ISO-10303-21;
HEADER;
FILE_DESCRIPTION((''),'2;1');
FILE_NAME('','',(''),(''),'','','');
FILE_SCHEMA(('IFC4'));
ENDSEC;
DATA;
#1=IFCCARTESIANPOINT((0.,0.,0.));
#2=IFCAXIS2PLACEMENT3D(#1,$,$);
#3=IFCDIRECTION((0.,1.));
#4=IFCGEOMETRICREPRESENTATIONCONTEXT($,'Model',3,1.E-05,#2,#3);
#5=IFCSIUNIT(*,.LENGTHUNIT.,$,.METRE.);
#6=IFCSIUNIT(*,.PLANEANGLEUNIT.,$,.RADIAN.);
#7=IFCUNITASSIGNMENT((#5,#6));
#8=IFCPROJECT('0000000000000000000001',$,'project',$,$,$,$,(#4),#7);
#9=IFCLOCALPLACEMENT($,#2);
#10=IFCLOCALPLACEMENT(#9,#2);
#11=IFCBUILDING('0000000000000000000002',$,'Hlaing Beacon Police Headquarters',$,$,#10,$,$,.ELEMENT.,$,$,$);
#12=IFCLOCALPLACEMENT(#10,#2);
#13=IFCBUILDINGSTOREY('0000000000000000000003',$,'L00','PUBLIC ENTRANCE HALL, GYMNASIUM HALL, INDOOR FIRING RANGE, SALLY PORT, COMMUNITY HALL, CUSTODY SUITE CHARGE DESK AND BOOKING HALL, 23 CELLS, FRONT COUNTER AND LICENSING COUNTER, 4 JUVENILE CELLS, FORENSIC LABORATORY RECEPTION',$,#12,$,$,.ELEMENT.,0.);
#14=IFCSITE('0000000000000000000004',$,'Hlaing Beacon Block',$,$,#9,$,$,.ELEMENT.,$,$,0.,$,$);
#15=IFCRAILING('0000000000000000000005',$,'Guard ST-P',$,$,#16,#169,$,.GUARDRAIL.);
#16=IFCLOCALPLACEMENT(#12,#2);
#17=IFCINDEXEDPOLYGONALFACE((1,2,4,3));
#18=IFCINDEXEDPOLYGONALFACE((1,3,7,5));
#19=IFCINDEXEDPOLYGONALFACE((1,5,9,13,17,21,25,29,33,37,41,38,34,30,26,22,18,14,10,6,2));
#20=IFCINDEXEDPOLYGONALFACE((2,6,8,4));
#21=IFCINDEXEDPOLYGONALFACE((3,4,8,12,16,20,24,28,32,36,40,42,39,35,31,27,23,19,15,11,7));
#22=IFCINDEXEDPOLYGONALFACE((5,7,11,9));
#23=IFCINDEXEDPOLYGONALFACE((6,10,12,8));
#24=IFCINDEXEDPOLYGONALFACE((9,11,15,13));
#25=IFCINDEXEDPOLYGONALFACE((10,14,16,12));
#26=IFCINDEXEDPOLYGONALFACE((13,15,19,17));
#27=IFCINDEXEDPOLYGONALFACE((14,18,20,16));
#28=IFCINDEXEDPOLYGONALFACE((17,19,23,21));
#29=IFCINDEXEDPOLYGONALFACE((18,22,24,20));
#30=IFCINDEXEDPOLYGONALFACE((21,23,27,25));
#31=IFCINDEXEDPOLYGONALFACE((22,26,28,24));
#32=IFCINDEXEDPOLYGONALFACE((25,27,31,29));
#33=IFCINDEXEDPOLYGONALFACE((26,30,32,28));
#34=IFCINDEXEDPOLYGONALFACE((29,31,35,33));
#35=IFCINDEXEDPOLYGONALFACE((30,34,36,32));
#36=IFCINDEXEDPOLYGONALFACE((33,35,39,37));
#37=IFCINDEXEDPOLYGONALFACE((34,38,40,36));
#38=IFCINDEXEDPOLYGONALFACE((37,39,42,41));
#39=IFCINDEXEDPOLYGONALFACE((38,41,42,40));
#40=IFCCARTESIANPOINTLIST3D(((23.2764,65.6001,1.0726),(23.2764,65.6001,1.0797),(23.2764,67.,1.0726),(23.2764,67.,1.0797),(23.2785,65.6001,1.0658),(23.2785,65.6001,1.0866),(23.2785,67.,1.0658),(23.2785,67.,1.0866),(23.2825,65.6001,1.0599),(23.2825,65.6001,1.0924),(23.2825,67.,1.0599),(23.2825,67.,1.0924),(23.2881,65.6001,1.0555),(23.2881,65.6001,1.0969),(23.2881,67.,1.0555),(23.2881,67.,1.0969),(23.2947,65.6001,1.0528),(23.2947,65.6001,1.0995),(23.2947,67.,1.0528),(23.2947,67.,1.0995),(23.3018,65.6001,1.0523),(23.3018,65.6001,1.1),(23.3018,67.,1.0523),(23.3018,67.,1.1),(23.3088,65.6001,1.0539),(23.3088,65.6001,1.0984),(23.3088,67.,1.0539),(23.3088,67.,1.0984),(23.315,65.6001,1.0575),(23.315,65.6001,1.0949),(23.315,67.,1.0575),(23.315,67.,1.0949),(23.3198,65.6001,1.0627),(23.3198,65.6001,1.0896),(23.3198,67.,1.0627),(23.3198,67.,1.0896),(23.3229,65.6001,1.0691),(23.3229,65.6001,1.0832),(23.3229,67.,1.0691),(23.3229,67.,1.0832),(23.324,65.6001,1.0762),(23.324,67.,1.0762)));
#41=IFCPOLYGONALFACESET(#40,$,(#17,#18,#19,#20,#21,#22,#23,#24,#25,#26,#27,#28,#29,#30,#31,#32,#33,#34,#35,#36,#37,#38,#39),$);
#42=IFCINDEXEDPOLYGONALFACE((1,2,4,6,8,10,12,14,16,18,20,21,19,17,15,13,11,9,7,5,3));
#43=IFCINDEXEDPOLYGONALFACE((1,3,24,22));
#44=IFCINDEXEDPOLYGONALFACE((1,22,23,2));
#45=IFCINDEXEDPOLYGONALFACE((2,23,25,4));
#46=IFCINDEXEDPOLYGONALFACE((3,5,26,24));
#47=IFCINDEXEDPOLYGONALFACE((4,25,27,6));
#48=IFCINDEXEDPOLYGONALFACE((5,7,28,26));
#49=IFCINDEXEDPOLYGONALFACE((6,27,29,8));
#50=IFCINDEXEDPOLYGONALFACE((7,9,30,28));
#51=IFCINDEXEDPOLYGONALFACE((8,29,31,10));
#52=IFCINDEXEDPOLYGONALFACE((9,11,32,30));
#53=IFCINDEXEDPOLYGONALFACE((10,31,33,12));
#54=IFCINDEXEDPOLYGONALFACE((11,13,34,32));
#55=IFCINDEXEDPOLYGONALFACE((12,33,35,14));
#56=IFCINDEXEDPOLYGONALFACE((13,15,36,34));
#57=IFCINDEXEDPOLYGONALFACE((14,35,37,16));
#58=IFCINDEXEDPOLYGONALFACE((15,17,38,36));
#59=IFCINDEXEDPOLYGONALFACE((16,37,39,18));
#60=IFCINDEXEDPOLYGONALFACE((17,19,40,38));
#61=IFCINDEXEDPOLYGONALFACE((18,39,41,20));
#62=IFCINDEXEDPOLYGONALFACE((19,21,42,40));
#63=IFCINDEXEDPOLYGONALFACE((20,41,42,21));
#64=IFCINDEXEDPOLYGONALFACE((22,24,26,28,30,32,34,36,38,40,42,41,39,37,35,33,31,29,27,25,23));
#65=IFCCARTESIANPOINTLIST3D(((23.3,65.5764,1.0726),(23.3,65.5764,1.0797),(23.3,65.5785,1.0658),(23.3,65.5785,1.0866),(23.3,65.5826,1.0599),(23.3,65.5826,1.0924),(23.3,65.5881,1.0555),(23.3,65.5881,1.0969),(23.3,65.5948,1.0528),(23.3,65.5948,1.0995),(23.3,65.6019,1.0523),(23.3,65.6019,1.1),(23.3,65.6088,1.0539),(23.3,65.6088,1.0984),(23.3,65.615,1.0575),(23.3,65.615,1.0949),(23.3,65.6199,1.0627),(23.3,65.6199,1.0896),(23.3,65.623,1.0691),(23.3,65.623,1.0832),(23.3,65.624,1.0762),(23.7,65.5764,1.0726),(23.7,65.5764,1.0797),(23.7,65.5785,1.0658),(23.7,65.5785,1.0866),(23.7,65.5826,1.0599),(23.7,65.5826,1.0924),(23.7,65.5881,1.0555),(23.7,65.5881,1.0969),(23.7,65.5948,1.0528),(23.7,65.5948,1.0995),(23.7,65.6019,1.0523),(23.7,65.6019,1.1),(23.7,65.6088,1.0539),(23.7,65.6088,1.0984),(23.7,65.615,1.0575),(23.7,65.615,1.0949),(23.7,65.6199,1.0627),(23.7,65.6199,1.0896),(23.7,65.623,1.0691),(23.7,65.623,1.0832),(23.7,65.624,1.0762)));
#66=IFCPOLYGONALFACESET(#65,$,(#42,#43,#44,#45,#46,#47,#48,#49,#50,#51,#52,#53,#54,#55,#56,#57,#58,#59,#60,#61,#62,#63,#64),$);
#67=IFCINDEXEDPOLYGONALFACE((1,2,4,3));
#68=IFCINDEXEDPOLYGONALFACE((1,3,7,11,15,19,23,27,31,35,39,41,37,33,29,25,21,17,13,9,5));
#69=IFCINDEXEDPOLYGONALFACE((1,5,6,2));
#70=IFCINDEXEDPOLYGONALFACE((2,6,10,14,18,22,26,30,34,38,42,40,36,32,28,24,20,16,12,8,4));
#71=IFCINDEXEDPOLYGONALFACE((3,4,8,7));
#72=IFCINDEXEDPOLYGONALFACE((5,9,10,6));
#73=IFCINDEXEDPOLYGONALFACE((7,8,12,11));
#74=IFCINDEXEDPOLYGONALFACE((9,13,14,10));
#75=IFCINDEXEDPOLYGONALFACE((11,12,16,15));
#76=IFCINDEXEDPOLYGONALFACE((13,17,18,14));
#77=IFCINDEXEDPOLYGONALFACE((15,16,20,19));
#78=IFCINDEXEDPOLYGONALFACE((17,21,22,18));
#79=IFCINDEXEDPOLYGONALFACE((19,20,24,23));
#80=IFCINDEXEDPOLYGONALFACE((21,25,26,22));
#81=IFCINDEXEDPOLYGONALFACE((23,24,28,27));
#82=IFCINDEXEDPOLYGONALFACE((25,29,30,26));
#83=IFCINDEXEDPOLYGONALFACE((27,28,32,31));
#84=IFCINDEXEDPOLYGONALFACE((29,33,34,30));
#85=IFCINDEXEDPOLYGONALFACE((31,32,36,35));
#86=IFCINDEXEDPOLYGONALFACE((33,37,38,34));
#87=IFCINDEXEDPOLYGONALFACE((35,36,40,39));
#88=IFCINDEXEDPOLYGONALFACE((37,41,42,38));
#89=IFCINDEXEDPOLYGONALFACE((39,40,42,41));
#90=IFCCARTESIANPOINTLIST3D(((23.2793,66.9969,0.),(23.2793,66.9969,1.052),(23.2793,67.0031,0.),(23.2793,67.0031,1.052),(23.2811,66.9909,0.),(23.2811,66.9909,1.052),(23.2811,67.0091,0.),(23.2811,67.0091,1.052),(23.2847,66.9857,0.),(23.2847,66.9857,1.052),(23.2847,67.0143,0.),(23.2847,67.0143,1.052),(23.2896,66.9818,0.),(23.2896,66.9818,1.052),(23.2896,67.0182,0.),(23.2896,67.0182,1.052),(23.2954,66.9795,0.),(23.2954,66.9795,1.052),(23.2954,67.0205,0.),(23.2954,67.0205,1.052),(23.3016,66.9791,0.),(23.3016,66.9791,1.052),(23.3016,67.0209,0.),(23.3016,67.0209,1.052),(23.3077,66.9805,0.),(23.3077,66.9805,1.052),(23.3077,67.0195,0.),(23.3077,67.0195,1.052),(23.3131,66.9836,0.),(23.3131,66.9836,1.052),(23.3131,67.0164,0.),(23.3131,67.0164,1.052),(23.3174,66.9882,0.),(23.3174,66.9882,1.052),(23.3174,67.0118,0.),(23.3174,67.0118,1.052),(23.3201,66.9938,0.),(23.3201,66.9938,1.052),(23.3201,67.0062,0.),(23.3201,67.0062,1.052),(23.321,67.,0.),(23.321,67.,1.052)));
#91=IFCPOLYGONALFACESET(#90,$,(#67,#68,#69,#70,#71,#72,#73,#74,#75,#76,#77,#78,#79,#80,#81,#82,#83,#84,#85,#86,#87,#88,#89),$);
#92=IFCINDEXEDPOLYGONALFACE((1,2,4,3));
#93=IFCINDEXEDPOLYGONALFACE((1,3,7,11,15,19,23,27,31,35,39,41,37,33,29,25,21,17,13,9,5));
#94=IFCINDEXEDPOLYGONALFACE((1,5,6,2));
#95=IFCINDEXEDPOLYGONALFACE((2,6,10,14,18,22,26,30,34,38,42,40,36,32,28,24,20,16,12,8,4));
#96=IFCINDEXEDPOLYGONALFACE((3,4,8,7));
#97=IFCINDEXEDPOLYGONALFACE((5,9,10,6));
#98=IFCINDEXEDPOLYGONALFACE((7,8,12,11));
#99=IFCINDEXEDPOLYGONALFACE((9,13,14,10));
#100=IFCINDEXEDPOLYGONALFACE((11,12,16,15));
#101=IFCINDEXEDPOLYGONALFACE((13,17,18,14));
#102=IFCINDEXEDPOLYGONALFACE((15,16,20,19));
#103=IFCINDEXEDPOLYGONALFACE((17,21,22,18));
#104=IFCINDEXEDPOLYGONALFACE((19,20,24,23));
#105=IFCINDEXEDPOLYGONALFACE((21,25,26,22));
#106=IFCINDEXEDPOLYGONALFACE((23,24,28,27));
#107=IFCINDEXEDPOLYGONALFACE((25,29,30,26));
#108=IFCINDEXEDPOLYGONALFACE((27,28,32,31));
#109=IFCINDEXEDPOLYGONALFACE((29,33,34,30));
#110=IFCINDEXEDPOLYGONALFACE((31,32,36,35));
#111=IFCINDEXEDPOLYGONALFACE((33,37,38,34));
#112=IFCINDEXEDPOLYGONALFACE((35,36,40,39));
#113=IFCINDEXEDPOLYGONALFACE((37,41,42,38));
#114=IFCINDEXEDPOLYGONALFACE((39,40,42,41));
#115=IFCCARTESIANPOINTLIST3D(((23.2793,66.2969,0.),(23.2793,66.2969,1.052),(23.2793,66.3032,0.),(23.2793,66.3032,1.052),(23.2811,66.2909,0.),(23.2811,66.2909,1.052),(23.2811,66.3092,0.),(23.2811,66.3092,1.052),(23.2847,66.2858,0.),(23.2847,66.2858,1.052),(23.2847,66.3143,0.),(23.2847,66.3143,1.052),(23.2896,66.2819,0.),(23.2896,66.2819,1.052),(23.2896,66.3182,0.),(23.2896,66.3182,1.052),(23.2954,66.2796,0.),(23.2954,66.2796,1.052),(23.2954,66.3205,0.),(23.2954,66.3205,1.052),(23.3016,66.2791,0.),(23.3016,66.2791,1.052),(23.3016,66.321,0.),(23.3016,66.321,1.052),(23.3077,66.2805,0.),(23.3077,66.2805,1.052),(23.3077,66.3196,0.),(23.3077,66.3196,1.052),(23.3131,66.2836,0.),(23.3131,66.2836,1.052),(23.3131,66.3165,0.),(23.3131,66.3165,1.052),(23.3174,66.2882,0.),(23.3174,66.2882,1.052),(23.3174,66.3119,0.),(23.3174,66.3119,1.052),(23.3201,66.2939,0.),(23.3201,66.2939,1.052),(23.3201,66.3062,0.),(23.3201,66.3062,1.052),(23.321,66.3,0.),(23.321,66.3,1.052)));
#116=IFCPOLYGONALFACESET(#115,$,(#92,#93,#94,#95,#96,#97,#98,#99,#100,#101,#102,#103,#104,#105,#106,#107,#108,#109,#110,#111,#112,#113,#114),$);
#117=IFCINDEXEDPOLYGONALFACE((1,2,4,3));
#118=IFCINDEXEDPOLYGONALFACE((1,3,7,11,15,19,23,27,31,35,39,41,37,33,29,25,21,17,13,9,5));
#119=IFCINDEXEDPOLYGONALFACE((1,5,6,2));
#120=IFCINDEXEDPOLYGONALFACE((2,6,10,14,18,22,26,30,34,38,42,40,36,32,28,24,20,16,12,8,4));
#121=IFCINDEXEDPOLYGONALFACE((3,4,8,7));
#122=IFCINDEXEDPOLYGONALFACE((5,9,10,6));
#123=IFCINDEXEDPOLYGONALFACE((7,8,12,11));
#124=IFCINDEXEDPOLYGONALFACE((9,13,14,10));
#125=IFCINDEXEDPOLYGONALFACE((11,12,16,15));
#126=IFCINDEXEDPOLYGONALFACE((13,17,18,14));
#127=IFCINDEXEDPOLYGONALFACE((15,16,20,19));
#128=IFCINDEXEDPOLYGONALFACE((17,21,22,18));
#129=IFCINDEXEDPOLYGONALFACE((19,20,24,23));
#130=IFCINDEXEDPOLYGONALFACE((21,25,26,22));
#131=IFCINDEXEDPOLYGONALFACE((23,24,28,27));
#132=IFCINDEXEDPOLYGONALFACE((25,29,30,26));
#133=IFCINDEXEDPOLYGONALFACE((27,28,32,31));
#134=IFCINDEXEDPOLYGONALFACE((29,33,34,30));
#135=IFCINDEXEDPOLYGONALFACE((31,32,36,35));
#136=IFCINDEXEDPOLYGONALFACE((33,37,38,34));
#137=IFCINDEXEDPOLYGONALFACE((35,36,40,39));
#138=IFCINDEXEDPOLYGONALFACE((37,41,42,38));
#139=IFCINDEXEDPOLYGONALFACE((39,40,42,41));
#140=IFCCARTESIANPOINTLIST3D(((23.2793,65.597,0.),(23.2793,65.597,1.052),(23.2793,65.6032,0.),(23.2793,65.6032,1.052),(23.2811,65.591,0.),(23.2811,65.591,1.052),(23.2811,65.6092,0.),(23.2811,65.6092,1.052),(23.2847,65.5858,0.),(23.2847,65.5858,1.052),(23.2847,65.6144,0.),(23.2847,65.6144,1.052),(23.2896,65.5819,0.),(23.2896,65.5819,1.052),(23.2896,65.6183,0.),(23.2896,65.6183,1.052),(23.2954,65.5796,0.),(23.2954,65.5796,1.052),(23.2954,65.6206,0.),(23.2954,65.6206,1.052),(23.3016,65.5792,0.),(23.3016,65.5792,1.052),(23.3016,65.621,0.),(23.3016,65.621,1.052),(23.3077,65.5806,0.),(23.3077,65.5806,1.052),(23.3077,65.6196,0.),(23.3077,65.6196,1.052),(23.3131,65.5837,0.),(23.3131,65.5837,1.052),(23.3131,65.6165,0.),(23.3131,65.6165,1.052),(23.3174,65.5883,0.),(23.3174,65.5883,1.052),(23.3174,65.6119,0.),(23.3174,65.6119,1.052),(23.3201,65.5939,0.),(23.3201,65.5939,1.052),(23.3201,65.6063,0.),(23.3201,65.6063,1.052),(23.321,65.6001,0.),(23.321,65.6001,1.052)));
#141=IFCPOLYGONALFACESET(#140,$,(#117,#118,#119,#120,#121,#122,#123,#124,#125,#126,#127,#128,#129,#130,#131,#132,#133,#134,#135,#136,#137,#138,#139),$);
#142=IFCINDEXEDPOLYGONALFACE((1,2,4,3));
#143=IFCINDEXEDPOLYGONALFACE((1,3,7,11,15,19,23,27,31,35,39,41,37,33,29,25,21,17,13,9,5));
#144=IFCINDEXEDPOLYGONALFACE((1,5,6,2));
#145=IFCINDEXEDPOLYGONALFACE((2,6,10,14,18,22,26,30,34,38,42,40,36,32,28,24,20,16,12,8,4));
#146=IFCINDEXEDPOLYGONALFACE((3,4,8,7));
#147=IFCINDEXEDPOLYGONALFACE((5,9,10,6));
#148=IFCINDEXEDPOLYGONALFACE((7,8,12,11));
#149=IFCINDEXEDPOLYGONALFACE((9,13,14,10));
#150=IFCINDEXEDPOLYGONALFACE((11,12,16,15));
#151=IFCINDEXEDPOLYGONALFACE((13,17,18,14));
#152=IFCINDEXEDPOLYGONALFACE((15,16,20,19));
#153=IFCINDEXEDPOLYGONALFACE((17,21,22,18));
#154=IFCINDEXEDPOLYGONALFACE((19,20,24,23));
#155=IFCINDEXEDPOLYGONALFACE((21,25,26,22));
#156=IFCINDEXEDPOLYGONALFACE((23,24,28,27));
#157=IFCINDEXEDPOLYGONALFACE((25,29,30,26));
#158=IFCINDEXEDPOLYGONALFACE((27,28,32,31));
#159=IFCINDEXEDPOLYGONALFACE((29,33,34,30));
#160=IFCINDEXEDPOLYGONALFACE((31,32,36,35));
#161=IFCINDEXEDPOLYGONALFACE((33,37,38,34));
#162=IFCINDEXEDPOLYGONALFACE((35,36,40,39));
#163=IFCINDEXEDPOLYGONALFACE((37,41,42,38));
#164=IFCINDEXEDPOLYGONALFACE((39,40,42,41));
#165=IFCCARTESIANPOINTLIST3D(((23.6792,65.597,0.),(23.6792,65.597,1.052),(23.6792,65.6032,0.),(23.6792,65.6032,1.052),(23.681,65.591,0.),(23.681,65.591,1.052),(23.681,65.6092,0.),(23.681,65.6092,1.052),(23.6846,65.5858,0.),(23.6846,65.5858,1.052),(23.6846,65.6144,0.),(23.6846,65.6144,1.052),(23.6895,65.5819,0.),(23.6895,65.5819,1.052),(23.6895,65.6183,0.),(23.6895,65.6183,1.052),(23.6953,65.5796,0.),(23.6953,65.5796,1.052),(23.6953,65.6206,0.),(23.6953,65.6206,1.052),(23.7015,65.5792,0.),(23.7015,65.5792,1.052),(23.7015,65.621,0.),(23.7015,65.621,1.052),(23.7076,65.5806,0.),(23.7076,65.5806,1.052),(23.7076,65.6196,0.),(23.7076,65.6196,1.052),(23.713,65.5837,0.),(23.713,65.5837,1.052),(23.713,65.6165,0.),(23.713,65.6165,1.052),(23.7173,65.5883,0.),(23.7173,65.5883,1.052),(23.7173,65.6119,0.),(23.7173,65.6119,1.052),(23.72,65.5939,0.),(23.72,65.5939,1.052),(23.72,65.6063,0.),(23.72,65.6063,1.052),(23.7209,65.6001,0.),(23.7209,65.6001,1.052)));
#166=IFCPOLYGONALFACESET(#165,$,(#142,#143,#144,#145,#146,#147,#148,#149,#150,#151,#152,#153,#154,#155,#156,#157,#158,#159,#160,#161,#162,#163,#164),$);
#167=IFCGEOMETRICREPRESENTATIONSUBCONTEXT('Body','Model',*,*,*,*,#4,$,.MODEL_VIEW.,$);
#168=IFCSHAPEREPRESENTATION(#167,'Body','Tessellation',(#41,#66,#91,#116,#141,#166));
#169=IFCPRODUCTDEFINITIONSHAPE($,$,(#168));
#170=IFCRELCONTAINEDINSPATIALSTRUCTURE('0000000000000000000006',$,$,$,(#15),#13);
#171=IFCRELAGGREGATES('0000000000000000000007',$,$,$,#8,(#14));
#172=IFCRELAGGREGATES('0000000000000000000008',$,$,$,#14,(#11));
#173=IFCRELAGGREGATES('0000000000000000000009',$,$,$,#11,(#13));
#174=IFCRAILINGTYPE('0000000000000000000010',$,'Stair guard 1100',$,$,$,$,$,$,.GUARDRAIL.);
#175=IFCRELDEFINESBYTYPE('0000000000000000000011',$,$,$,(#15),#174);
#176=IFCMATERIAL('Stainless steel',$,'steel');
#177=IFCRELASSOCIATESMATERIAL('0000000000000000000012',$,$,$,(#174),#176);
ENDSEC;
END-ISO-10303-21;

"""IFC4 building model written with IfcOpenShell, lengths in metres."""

from ifc_helpers import new_model, si_unit, direction, frame, origin, origin_2d, place, context, subcontext, project, spatial, circle, extrude, material, type_object, element, save


model = new_model("IFC4")

# Units and contexts
model_context = context("Model", 3, precision=1e-05, world=origin(), true_north=direction((0.0, 1.0)))
body_context = subcontext(model_context, "Body", "Model", "MODEL_VIEW")
ifc_project = project(units=[si_unit("LENGTHUNIT", "METRE"), si_unit("PLANEANGLEUNIT", "RADIAN")], contexts=[model_context])

# Site, building, storey
site_placement = place(None, origin())
site = spatial("IfcSite", under=ifc_project, at=site_placement, Name="Hlaing Beacon Block", CompositionType="ELEMENT", RefElevation=0.0)
building_placement = place(site_placement, origin())
building = spatial("IfcBuilding", under=site, at=building_placement, Name="Hlaing Beacon Police Headquarters", CompositionType="ELEMENT")
storey_placement = place(building_placement, origin())
storey = spatial("IfcBuildingStorey", under=building, at=storey_placement, Name="L00", Description="PUBLIC ENTRANCE HALL, GYMNASIUM HALL, INDOOR FIRING RANGE, SALLY PORT, COMMUNITY HALL, CUSTODY SUITE CHARGE DESK AND BOOKING HALL, 23 CELLS, FRONT COUNTER AND LICENSING COUNTER, 4 JUVENILE CELLS, FORENSIC LABORATORY RECEPTION", CompositionType="ELEMENT", Elevation=0.0)

# Railing
ifc_material_1 = material(Name="Stainless steel", Category="steel")
railing_type_1 = type_object("IfcRailingType", Name="Stair guard 1100", PredefinedType="GUARDRAIL", material=ifc_material_1)
railing_placement = place(storey_placement, frame((23.3, 67.0, 0.0)))
element("IfcRailing", 1, at=railing_placement, inside=storey, type_object=railing_type_1, Name="Guard ST-P", PredefinedType="GUARDRAIL", context=body_context, shape_type="SweptSolid", body=[
    extrude(circle(Radius=0.0239, at=origin_2d()), frame((0.0, 0.0, 1.0762), z_axis=(0.0, -1.0, 0.0), x_axis=(1.0, 0.0, 0.0)), (0.0, 0.0, 1.0), 1.3999),
    extrude(circle(Radius=0.0239, at=origin_2d()), frame((0.0, -1.3999, 1.0762), z_axis=(1.0, 0.0, 0.0), x_axis=(0.0, 1.0, 0.0)), (0.0, 0.0, 1.0), 0.3999),
    extrude(circle(Radius=0.021, at=origin_2d()), origin(), (0.0, 0.0, 1.0), 1.052),
    extrude(circle(Radius=0.021, at=origin_2d()), frame((0.0, -0.7, 0.0)), (0.0, 0.0, 1.0), 1.052),
    extrude(circle(Radius=0.021, at=origin_2d()), frame((0.0, -1.3999, 0.0)), (0.0, 0.0, 1.0), 1.052),
    extrude(circle(Radius=0.021, at=origin_2d()), frame((0.3999, -1.3999, 0.0)), (0.0, 0.0, 1.0), 1.052),
])

save(model, "model.ifc")
